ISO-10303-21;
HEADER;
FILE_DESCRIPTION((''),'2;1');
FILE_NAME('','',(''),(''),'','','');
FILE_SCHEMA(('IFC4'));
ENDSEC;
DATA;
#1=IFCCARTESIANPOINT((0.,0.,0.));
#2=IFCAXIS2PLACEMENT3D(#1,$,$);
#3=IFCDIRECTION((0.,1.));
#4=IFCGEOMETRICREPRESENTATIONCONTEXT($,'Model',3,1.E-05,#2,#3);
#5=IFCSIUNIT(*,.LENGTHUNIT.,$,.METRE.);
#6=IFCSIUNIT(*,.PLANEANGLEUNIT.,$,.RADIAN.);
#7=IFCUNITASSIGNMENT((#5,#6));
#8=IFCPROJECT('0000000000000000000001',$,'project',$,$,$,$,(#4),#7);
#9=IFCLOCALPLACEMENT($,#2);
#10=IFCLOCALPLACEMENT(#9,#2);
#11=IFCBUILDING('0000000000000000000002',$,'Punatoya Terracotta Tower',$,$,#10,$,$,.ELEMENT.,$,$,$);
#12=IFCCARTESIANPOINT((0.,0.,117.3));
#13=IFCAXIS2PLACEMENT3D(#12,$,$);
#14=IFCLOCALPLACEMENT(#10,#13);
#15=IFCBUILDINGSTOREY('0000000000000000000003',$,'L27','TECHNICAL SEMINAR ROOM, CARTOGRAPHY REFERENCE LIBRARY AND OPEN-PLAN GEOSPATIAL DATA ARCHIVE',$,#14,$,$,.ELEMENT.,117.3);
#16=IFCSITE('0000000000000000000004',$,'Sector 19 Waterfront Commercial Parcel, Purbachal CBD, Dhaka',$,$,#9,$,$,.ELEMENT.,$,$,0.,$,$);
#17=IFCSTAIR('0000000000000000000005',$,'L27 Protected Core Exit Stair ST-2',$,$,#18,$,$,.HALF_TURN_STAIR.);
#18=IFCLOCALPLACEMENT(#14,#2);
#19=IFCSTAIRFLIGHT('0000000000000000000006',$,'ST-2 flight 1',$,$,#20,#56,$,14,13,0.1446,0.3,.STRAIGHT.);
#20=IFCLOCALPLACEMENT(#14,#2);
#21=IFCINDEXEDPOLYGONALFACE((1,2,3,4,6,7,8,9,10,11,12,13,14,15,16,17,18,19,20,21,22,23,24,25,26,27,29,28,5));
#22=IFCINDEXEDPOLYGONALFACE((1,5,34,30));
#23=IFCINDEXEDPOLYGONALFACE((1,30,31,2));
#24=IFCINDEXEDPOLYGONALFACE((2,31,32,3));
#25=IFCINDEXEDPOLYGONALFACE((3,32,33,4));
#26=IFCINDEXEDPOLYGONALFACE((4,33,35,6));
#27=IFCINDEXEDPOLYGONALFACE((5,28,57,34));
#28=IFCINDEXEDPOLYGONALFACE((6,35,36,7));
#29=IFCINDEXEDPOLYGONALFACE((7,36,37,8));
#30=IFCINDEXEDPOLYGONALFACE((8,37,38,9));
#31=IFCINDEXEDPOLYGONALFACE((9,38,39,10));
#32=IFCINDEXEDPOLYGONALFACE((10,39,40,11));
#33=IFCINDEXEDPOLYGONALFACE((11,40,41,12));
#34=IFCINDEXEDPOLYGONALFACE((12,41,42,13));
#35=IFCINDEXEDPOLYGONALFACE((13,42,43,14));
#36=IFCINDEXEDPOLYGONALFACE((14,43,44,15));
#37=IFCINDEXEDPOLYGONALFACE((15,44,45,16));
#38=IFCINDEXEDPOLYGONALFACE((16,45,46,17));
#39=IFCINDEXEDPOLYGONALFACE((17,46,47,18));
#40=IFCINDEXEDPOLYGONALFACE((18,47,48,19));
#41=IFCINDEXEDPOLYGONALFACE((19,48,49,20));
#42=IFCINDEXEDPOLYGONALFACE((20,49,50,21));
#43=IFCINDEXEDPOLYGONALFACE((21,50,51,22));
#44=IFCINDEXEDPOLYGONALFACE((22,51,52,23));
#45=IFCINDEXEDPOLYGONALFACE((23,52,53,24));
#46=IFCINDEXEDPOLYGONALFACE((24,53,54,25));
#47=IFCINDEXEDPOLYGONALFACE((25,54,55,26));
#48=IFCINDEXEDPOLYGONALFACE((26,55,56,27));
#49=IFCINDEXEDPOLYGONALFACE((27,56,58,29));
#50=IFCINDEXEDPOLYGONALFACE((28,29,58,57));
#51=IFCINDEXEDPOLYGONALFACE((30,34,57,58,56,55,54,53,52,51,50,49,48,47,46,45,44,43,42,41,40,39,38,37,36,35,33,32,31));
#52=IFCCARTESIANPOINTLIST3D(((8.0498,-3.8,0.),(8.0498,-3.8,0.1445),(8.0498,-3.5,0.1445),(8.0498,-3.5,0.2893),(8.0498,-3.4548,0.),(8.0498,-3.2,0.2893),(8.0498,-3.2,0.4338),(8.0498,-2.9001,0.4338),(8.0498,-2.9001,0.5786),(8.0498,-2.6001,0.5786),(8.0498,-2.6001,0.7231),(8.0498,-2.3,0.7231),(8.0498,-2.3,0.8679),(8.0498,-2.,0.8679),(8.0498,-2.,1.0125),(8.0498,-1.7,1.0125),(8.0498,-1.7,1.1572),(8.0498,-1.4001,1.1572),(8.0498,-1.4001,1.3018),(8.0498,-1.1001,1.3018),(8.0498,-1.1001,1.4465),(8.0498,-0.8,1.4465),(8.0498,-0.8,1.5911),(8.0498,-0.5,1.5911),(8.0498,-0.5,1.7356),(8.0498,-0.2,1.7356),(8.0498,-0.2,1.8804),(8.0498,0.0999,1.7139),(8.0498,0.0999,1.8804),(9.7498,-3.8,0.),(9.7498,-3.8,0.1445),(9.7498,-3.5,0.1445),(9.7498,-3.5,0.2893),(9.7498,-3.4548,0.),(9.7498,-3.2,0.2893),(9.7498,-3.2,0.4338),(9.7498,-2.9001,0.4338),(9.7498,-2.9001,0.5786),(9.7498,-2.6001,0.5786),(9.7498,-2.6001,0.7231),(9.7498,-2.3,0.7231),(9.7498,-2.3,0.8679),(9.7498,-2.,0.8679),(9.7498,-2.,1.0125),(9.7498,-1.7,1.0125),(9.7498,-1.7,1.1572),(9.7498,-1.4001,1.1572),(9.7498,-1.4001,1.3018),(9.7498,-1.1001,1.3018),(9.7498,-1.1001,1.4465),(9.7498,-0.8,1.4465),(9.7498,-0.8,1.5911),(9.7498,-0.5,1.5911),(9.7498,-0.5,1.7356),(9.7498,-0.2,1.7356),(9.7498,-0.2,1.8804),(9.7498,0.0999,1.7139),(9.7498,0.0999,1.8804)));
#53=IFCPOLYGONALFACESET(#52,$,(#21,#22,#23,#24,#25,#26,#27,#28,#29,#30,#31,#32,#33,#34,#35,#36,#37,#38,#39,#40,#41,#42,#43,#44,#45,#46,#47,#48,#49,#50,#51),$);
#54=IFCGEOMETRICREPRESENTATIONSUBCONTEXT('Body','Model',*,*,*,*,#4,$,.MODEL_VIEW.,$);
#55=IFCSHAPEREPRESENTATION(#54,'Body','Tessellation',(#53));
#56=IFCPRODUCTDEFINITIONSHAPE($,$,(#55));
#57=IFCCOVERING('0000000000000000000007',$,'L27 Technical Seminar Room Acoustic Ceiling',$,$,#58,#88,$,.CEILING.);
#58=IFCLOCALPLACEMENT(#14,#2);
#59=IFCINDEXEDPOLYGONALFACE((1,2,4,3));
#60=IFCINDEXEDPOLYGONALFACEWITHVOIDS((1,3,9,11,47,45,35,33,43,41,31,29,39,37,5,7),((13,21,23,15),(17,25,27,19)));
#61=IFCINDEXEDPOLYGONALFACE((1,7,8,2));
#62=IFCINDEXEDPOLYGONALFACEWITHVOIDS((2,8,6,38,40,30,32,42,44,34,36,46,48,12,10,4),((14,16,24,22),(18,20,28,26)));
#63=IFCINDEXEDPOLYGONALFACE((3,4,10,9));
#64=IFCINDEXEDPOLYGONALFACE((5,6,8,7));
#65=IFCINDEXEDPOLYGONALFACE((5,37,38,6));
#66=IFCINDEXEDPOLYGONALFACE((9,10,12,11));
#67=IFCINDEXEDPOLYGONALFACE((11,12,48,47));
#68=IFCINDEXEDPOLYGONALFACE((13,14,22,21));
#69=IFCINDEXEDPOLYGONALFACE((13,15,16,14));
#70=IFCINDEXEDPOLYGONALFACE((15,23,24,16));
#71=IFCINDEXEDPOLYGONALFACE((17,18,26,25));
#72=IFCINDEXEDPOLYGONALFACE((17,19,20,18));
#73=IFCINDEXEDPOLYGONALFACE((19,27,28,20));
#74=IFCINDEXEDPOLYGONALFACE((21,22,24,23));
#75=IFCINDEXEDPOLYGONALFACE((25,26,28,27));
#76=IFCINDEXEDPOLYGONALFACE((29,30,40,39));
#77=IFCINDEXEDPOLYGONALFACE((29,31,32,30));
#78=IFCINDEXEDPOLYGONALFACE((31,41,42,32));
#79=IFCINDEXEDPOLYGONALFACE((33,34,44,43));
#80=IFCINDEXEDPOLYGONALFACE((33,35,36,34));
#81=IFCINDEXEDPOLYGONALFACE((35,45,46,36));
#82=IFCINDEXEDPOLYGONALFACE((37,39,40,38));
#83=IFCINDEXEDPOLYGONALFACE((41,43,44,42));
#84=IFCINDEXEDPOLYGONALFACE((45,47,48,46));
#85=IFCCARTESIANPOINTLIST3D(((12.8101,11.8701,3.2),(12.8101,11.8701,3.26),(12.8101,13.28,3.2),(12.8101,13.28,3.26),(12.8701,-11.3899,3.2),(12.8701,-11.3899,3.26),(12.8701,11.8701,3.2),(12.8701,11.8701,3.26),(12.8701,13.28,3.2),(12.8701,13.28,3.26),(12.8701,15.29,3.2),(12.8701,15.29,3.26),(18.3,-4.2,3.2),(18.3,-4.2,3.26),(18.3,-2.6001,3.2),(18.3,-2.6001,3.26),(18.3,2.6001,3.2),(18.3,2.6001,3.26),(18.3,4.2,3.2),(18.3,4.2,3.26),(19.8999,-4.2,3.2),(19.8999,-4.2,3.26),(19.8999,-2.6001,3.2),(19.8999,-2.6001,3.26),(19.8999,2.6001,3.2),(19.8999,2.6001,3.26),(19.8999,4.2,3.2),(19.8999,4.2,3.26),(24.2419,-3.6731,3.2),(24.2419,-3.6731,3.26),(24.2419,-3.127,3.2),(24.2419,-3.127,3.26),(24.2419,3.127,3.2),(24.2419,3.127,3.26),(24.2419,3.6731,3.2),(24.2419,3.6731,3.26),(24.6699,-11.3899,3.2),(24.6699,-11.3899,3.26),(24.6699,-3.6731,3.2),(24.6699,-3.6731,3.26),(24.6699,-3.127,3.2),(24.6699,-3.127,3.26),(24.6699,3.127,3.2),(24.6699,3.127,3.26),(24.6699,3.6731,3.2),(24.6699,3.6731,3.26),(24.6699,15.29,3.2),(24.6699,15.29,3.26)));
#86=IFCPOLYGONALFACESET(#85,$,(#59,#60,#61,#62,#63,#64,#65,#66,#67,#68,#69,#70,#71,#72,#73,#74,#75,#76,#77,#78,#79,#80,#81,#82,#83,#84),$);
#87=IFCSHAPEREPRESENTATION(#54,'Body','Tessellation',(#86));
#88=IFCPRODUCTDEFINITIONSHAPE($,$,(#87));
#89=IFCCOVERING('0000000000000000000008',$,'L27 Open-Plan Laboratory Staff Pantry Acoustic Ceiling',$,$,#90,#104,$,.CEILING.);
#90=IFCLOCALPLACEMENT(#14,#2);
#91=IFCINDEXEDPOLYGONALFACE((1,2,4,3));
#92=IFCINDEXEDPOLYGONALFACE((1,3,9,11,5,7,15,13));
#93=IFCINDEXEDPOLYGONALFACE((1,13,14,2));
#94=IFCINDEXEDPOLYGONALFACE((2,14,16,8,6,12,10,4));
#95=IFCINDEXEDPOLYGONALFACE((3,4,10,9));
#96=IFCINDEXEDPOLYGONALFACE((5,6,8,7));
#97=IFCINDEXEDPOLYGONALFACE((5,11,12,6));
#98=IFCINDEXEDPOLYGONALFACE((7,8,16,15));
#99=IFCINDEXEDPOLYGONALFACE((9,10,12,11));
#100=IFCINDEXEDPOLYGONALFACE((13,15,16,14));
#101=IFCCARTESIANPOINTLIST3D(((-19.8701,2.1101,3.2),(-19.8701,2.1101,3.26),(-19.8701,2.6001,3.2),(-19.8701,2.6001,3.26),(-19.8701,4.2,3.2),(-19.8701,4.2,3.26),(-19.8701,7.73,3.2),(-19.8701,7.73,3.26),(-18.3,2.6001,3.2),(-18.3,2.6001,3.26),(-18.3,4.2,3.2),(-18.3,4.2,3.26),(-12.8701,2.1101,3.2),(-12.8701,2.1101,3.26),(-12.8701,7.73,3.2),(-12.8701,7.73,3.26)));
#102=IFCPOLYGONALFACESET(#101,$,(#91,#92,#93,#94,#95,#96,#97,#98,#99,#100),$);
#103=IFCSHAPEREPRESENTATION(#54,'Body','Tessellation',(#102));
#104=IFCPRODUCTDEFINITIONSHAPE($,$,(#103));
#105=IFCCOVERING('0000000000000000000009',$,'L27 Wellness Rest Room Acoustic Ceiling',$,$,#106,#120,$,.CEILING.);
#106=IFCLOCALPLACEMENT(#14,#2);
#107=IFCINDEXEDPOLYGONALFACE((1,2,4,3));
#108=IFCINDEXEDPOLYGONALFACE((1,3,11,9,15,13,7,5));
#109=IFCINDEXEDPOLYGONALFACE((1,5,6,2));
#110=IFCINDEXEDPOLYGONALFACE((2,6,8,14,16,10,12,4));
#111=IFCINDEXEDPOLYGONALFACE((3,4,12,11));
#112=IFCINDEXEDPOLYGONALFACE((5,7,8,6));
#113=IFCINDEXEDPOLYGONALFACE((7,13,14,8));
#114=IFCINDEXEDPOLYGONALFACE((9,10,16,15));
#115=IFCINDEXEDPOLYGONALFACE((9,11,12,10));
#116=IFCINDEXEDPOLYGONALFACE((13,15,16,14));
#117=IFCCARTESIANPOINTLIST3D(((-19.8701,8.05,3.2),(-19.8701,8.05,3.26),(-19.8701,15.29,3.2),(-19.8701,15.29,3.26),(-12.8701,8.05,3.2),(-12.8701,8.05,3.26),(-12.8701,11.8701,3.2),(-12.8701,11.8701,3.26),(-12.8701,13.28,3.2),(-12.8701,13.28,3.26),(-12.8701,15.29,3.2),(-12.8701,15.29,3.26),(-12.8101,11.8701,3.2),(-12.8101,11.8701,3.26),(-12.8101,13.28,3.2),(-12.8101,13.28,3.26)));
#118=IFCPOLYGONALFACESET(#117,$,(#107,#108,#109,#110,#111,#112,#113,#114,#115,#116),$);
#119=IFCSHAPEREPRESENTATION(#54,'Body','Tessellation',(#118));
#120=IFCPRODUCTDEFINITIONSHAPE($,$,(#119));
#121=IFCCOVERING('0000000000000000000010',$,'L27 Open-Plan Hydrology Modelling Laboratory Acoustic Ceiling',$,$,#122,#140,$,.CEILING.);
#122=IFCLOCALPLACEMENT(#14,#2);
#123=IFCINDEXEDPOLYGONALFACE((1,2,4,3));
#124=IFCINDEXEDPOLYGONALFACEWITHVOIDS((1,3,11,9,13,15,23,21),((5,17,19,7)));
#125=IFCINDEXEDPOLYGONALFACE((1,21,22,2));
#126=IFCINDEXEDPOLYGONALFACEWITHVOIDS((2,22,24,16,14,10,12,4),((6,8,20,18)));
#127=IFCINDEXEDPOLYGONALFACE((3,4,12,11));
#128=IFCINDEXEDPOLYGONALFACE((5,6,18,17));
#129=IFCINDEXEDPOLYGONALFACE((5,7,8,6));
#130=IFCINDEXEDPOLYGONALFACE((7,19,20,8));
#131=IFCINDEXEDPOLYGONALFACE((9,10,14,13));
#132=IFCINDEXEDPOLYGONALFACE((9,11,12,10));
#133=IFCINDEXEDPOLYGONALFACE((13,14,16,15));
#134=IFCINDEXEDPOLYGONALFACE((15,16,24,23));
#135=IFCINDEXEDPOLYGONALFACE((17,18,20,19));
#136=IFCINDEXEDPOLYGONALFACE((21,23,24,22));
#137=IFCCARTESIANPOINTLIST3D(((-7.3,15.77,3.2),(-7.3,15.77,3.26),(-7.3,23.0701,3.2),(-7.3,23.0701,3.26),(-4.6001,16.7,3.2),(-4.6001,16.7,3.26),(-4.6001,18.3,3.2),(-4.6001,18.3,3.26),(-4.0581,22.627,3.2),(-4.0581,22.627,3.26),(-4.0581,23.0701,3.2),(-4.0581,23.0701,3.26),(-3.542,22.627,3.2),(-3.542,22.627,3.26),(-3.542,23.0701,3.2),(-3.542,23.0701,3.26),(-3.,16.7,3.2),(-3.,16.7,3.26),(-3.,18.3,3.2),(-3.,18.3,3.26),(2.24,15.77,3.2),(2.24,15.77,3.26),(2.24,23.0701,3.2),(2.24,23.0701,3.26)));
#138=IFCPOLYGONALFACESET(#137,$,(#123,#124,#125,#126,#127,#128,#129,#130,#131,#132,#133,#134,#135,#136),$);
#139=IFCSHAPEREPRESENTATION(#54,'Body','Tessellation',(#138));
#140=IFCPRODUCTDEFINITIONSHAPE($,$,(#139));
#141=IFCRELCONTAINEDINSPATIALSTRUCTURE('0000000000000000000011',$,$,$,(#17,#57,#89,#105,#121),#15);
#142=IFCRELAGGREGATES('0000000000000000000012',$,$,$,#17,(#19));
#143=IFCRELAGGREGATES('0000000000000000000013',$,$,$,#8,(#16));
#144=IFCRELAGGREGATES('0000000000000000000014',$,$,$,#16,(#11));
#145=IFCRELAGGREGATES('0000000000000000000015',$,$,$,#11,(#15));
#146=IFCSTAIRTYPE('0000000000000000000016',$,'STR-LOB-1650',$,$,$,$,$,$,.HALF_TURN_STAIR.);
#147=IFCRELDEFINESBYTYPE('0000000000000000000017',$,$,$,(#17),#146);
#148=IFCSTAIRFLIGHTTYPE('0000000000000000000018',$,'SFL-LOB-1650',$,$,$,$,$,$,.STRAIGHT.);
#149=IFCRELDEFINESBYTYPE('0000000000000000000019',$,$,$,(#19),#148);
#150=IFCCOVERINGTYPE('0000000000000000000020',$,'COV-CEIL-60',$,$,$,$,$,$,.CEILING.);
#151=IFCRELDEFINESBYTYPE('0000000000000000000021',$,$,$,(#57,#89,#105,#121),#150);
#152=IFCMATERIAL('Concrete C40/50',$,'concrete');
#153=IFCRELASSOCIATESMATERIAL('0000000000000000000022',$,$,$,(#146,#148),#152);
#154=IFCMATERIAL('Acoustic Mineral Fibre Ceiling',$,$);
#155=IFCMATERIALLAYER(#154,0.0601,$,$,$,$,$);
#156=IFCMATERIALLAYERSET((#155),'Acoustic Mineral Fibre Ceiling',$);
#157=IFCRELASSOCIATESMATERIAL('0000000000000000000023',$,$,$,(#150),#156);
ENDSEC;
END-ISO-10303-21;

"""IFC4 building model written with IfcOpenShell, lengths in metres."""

from ifc_helpers import new_model, si_unit, direction, frame, origin, place, context, subcontext, project, spatial, polyline, outline, extrude, material, layer, layer_set, type_object, element, aggregate, save


model = new_model("IFC4")

# Units and contexts
model_context = context("Model", 3, precision=1e-05, world=origin(), true_north=direction((0.0, 1.0)))
body_context = subcontext(model_context, "Body", "Model", "MODEL_VIEW")
ifc_project = project(units=[si_unit("LENGTHUNIT", "METRE"), si_unit("PLANEANGLEUNIT", "RADIAN")], contexts=[model_context])

# Site, building, storey
site_placement = place(None, origin())
site = spatial("IfcSite", under=ifc_project, at=site_placement, Name="Sector 19 Waterfront Commercial Parcel, Purbachal CBD, Dhaka", CompositionType="ELEMENT", RefElevation=0.0)
building_placement = place(site_placement, origin())
building = spatial("IfcBuilding", under=site, at=building_placement, Name="Punatoya Terracotta Tower", CompositionType="ELEMENT")
storey_placement = place(building_placement, frame((0.0, 0.0, 117.3)))
storey = spatial("IfcBuildingStorey", under=building, at=storey_placement, Name="L27", Description="TECHNICAL SEMINAR ROOM, CARTOGRAPHY REFERENCE LIBRARY AND OPEN-PLAN GEOSPATIAL DATA ARCHIVE", CompositionType="ELEMENT", Elevation=117.3)

# Shared definitions
ifc_material_1 = material(Name="Concrete C40/50", Category="concrete")

# Stair, stair flight
stair_type = type_object("IfcStairType", Name="STR-LOB-1650", PredefinedType="HALF_TURN_STAIR", material=ifc_material_1)
stair_placement = place(storey_placement, origin())
stair = element("IfcStair", 1, at=stair_placement, inside=storey, type_object=stair_type, Name="L27 Protected Core Exit Stair ST-2", PredefinedType="HALF_TURN_STAIR")
stair_flight_type = type_object("IfcStairFlightType", Name="SFL-LOB-1650", PredefinedType="STRAIGHT", material=ifc_material_1)
stair_flight_placement = place(storey_placement, frame((8.8999, -3.8, 0.0), z_axis=(0.0, 0.0, 1.0), x_axis=(0.0, 1.0, 0.0)))
stair_flight = element("IfcStairFlight", 2, at=stair_flight_placement, type_object=stair_flight_type, Name="ST-2 flight 1", NumberOfRisers=14, NumberOfTreads=13, PredefinedType="STRAIGHT", RiserHeight=0.1446, TreadLength=0.3, context=body_context, shape_type="SweptSolid", body=[
    extrude(outline(polyline([(0.0, 0.0), (0.0, 0.1445), (0.3, 0.1445), (0.3, 0.2893), (0.6001, 0.2893), (0.6001, 0.4338), (0.8999, 0.4338), (0.8999, 0.5786), (1.2, 0.5786), (1.2, 0.7231), (1.5, 0.7231), (1.5, 0.8679), (1.8, 0.8679), (1.8, 1.0125), (2.1001, 1.0125), (2.1001, 1.1572), (2.3999, 1.1572), (2.3999, 1.3018), (2.7, 1.3018), (2.7, 1.4465), (3.0, 1.4465), (3.0, 1.5911), (3.3, 1.5911), (3.3, 1.7356), (3.6001, 1.7356), (3.6001, 1.8804), (3.8999, 1.8804), (3.8999, 2.0249), (3.8999, 1.7139), (0.3452, 0.0), (0.0, 0.0)])), frame((0.0, 0.8501, 0.0), z_axis=(0.0, -1.0, 0.0), x_axis=(1.0, 0.0, 0.0)), (0.0, 0.0, 1.0), 1.7),
])
aggregate(stair, [stair_flight])

# Coverings
ifc_material_2 = material(Name="Acoustic Mineral Fibre Ceiling")
ifc_layer_1 = layer(ifc_material_2, 0.0601)
ifc_layer_set_1 = layer_set([ifc_layer_1], Name="Acoustic Mineral Fibre Ceiling")
covering_type = type_object("IfcCoveringType", Name="COV-CEIL-60", PredefinedType="CEILING", material=ifc_layer_set_1)
covering_1_placement = place(storey_placement, frame((0.0, 0.0, 3.2)))
element("IfcCovering", 3, at=covering_1_placement, inside=storey, type_object=covering_type, Name="L27 Technical Seminar Room Acoustic Ceiling", PredefinedType="CEILING", context=body_context, shape_type="SweptSolid", body=[
    extrude(outline(polyline([(12.8101, 11.8701), (12.8701, 11.8701), (12.8701, -11.3899), (24.6699, -11.3899), (24.6699, -3.6731), (24.2419, -3.6731), (24.2419, -3.127), (24.6699, -3.127), (24.6699, 3.127), (24.2419, 3.127), (24.2419, 3.6731), (24.6699, 3.6731), (24.6699, 15.29), (12.8701, 15.29), (12.8701, 13.28), (12.8101, 13.28), (12.8101, 11.8701)]), holes=[polyline([(19.8999, -2.6001), (19.8999, -4.2), (18.3, -4.2), (18.3, -2.6001), (19.8999, -2.6001)]), polyline([(19.8999, 2.6001), (18.3, 2.6001), (18.3, 4.2), (19.8999, 4.2), (19.8999, 2.6001)])]), origin(), (0.0, 0.0, 1.0), 0.0601),
])
covering_2_placement = place(storey_placement, frame((0.0, 0.0, 3.2)))
element("IfcCovering", 4, at=covering_2_placement, inside=storey, type_object=covering_type, Name="L27 Open-Plan Laboratory Staff Pantry Acoustic Ceiling", PredefinedType="CEILING", context=body_context, shape_type="SweptSolid", body=[
    extrude(outline(polyline([(-12.8701, 2.1101), (-12.8701, 7.73), (-19.8701, 7.73), (-19.8701, 4.2), (-18.3, 4.2), (-18.3, 2.6001), (-19.8701, 2.6001), (-19.8701, 2.1101), (-12.8701, 2.1101)])), origin(), (0.0, 0.0, 1.0), 0.0601),
])
covering_3_placement = place(storey_placement, frame((0.0, 0.0, 3.2)))
element("IfcCovering", 5, at=covering_3_placement, inside=storey, type_object=covering_type, Name="L27 Wellness Rest Room Acoustic Ceiling", PredefinedType="CEILING", context=body_context, shape_type="SweptSolid", body=[
    extrude(outline(polyline([(-12.8701, 11.8701), (-12.8101, 11.8701), (-12.8101, 13.28), (-12.8701, 13.28), (-12.8701, 15.29), (-19.8701, 15.29), (-19.8701, 8.05), (-12.8701, 8.05), (-12.8701, 11.8701)])), origin(), (0.0, 0.0, 1.0), 0.0601),
])
covering_4_placement = place(storey_placement, frame((0.0, 0.0, 3.2)))
element("IfcCovering", 6, at=covering_4_placement, inside=storey, type_object=covering_type, Name="L27 Open-Plan Hydrology Modelling Laboratory Acoustic Ceiling", PredefinedType="CEILING", context=body_context, shape_type="SweptSolid", body=[
    extrude(outline(polyline([(2.24, 23.0701), (-3.542, 23.0701), (-3.542, 22.627), (-4.0581, 22.627), (-4.0581, 23.0701), (-7.3, 23.0701), (-7.3, 15.77), (2.24, 15.77), (2.24, 23.0701)]), holes=[polyline([(-3.0, 18.3), (-3.0, 16.7), (-4.6001, 16.7), (-4.6001, 18.3), (-3.0, 18.3)])]), origin(), (0.0, 0.0, 1.0), 0.0601),
])

save(model, "model.ifc")
